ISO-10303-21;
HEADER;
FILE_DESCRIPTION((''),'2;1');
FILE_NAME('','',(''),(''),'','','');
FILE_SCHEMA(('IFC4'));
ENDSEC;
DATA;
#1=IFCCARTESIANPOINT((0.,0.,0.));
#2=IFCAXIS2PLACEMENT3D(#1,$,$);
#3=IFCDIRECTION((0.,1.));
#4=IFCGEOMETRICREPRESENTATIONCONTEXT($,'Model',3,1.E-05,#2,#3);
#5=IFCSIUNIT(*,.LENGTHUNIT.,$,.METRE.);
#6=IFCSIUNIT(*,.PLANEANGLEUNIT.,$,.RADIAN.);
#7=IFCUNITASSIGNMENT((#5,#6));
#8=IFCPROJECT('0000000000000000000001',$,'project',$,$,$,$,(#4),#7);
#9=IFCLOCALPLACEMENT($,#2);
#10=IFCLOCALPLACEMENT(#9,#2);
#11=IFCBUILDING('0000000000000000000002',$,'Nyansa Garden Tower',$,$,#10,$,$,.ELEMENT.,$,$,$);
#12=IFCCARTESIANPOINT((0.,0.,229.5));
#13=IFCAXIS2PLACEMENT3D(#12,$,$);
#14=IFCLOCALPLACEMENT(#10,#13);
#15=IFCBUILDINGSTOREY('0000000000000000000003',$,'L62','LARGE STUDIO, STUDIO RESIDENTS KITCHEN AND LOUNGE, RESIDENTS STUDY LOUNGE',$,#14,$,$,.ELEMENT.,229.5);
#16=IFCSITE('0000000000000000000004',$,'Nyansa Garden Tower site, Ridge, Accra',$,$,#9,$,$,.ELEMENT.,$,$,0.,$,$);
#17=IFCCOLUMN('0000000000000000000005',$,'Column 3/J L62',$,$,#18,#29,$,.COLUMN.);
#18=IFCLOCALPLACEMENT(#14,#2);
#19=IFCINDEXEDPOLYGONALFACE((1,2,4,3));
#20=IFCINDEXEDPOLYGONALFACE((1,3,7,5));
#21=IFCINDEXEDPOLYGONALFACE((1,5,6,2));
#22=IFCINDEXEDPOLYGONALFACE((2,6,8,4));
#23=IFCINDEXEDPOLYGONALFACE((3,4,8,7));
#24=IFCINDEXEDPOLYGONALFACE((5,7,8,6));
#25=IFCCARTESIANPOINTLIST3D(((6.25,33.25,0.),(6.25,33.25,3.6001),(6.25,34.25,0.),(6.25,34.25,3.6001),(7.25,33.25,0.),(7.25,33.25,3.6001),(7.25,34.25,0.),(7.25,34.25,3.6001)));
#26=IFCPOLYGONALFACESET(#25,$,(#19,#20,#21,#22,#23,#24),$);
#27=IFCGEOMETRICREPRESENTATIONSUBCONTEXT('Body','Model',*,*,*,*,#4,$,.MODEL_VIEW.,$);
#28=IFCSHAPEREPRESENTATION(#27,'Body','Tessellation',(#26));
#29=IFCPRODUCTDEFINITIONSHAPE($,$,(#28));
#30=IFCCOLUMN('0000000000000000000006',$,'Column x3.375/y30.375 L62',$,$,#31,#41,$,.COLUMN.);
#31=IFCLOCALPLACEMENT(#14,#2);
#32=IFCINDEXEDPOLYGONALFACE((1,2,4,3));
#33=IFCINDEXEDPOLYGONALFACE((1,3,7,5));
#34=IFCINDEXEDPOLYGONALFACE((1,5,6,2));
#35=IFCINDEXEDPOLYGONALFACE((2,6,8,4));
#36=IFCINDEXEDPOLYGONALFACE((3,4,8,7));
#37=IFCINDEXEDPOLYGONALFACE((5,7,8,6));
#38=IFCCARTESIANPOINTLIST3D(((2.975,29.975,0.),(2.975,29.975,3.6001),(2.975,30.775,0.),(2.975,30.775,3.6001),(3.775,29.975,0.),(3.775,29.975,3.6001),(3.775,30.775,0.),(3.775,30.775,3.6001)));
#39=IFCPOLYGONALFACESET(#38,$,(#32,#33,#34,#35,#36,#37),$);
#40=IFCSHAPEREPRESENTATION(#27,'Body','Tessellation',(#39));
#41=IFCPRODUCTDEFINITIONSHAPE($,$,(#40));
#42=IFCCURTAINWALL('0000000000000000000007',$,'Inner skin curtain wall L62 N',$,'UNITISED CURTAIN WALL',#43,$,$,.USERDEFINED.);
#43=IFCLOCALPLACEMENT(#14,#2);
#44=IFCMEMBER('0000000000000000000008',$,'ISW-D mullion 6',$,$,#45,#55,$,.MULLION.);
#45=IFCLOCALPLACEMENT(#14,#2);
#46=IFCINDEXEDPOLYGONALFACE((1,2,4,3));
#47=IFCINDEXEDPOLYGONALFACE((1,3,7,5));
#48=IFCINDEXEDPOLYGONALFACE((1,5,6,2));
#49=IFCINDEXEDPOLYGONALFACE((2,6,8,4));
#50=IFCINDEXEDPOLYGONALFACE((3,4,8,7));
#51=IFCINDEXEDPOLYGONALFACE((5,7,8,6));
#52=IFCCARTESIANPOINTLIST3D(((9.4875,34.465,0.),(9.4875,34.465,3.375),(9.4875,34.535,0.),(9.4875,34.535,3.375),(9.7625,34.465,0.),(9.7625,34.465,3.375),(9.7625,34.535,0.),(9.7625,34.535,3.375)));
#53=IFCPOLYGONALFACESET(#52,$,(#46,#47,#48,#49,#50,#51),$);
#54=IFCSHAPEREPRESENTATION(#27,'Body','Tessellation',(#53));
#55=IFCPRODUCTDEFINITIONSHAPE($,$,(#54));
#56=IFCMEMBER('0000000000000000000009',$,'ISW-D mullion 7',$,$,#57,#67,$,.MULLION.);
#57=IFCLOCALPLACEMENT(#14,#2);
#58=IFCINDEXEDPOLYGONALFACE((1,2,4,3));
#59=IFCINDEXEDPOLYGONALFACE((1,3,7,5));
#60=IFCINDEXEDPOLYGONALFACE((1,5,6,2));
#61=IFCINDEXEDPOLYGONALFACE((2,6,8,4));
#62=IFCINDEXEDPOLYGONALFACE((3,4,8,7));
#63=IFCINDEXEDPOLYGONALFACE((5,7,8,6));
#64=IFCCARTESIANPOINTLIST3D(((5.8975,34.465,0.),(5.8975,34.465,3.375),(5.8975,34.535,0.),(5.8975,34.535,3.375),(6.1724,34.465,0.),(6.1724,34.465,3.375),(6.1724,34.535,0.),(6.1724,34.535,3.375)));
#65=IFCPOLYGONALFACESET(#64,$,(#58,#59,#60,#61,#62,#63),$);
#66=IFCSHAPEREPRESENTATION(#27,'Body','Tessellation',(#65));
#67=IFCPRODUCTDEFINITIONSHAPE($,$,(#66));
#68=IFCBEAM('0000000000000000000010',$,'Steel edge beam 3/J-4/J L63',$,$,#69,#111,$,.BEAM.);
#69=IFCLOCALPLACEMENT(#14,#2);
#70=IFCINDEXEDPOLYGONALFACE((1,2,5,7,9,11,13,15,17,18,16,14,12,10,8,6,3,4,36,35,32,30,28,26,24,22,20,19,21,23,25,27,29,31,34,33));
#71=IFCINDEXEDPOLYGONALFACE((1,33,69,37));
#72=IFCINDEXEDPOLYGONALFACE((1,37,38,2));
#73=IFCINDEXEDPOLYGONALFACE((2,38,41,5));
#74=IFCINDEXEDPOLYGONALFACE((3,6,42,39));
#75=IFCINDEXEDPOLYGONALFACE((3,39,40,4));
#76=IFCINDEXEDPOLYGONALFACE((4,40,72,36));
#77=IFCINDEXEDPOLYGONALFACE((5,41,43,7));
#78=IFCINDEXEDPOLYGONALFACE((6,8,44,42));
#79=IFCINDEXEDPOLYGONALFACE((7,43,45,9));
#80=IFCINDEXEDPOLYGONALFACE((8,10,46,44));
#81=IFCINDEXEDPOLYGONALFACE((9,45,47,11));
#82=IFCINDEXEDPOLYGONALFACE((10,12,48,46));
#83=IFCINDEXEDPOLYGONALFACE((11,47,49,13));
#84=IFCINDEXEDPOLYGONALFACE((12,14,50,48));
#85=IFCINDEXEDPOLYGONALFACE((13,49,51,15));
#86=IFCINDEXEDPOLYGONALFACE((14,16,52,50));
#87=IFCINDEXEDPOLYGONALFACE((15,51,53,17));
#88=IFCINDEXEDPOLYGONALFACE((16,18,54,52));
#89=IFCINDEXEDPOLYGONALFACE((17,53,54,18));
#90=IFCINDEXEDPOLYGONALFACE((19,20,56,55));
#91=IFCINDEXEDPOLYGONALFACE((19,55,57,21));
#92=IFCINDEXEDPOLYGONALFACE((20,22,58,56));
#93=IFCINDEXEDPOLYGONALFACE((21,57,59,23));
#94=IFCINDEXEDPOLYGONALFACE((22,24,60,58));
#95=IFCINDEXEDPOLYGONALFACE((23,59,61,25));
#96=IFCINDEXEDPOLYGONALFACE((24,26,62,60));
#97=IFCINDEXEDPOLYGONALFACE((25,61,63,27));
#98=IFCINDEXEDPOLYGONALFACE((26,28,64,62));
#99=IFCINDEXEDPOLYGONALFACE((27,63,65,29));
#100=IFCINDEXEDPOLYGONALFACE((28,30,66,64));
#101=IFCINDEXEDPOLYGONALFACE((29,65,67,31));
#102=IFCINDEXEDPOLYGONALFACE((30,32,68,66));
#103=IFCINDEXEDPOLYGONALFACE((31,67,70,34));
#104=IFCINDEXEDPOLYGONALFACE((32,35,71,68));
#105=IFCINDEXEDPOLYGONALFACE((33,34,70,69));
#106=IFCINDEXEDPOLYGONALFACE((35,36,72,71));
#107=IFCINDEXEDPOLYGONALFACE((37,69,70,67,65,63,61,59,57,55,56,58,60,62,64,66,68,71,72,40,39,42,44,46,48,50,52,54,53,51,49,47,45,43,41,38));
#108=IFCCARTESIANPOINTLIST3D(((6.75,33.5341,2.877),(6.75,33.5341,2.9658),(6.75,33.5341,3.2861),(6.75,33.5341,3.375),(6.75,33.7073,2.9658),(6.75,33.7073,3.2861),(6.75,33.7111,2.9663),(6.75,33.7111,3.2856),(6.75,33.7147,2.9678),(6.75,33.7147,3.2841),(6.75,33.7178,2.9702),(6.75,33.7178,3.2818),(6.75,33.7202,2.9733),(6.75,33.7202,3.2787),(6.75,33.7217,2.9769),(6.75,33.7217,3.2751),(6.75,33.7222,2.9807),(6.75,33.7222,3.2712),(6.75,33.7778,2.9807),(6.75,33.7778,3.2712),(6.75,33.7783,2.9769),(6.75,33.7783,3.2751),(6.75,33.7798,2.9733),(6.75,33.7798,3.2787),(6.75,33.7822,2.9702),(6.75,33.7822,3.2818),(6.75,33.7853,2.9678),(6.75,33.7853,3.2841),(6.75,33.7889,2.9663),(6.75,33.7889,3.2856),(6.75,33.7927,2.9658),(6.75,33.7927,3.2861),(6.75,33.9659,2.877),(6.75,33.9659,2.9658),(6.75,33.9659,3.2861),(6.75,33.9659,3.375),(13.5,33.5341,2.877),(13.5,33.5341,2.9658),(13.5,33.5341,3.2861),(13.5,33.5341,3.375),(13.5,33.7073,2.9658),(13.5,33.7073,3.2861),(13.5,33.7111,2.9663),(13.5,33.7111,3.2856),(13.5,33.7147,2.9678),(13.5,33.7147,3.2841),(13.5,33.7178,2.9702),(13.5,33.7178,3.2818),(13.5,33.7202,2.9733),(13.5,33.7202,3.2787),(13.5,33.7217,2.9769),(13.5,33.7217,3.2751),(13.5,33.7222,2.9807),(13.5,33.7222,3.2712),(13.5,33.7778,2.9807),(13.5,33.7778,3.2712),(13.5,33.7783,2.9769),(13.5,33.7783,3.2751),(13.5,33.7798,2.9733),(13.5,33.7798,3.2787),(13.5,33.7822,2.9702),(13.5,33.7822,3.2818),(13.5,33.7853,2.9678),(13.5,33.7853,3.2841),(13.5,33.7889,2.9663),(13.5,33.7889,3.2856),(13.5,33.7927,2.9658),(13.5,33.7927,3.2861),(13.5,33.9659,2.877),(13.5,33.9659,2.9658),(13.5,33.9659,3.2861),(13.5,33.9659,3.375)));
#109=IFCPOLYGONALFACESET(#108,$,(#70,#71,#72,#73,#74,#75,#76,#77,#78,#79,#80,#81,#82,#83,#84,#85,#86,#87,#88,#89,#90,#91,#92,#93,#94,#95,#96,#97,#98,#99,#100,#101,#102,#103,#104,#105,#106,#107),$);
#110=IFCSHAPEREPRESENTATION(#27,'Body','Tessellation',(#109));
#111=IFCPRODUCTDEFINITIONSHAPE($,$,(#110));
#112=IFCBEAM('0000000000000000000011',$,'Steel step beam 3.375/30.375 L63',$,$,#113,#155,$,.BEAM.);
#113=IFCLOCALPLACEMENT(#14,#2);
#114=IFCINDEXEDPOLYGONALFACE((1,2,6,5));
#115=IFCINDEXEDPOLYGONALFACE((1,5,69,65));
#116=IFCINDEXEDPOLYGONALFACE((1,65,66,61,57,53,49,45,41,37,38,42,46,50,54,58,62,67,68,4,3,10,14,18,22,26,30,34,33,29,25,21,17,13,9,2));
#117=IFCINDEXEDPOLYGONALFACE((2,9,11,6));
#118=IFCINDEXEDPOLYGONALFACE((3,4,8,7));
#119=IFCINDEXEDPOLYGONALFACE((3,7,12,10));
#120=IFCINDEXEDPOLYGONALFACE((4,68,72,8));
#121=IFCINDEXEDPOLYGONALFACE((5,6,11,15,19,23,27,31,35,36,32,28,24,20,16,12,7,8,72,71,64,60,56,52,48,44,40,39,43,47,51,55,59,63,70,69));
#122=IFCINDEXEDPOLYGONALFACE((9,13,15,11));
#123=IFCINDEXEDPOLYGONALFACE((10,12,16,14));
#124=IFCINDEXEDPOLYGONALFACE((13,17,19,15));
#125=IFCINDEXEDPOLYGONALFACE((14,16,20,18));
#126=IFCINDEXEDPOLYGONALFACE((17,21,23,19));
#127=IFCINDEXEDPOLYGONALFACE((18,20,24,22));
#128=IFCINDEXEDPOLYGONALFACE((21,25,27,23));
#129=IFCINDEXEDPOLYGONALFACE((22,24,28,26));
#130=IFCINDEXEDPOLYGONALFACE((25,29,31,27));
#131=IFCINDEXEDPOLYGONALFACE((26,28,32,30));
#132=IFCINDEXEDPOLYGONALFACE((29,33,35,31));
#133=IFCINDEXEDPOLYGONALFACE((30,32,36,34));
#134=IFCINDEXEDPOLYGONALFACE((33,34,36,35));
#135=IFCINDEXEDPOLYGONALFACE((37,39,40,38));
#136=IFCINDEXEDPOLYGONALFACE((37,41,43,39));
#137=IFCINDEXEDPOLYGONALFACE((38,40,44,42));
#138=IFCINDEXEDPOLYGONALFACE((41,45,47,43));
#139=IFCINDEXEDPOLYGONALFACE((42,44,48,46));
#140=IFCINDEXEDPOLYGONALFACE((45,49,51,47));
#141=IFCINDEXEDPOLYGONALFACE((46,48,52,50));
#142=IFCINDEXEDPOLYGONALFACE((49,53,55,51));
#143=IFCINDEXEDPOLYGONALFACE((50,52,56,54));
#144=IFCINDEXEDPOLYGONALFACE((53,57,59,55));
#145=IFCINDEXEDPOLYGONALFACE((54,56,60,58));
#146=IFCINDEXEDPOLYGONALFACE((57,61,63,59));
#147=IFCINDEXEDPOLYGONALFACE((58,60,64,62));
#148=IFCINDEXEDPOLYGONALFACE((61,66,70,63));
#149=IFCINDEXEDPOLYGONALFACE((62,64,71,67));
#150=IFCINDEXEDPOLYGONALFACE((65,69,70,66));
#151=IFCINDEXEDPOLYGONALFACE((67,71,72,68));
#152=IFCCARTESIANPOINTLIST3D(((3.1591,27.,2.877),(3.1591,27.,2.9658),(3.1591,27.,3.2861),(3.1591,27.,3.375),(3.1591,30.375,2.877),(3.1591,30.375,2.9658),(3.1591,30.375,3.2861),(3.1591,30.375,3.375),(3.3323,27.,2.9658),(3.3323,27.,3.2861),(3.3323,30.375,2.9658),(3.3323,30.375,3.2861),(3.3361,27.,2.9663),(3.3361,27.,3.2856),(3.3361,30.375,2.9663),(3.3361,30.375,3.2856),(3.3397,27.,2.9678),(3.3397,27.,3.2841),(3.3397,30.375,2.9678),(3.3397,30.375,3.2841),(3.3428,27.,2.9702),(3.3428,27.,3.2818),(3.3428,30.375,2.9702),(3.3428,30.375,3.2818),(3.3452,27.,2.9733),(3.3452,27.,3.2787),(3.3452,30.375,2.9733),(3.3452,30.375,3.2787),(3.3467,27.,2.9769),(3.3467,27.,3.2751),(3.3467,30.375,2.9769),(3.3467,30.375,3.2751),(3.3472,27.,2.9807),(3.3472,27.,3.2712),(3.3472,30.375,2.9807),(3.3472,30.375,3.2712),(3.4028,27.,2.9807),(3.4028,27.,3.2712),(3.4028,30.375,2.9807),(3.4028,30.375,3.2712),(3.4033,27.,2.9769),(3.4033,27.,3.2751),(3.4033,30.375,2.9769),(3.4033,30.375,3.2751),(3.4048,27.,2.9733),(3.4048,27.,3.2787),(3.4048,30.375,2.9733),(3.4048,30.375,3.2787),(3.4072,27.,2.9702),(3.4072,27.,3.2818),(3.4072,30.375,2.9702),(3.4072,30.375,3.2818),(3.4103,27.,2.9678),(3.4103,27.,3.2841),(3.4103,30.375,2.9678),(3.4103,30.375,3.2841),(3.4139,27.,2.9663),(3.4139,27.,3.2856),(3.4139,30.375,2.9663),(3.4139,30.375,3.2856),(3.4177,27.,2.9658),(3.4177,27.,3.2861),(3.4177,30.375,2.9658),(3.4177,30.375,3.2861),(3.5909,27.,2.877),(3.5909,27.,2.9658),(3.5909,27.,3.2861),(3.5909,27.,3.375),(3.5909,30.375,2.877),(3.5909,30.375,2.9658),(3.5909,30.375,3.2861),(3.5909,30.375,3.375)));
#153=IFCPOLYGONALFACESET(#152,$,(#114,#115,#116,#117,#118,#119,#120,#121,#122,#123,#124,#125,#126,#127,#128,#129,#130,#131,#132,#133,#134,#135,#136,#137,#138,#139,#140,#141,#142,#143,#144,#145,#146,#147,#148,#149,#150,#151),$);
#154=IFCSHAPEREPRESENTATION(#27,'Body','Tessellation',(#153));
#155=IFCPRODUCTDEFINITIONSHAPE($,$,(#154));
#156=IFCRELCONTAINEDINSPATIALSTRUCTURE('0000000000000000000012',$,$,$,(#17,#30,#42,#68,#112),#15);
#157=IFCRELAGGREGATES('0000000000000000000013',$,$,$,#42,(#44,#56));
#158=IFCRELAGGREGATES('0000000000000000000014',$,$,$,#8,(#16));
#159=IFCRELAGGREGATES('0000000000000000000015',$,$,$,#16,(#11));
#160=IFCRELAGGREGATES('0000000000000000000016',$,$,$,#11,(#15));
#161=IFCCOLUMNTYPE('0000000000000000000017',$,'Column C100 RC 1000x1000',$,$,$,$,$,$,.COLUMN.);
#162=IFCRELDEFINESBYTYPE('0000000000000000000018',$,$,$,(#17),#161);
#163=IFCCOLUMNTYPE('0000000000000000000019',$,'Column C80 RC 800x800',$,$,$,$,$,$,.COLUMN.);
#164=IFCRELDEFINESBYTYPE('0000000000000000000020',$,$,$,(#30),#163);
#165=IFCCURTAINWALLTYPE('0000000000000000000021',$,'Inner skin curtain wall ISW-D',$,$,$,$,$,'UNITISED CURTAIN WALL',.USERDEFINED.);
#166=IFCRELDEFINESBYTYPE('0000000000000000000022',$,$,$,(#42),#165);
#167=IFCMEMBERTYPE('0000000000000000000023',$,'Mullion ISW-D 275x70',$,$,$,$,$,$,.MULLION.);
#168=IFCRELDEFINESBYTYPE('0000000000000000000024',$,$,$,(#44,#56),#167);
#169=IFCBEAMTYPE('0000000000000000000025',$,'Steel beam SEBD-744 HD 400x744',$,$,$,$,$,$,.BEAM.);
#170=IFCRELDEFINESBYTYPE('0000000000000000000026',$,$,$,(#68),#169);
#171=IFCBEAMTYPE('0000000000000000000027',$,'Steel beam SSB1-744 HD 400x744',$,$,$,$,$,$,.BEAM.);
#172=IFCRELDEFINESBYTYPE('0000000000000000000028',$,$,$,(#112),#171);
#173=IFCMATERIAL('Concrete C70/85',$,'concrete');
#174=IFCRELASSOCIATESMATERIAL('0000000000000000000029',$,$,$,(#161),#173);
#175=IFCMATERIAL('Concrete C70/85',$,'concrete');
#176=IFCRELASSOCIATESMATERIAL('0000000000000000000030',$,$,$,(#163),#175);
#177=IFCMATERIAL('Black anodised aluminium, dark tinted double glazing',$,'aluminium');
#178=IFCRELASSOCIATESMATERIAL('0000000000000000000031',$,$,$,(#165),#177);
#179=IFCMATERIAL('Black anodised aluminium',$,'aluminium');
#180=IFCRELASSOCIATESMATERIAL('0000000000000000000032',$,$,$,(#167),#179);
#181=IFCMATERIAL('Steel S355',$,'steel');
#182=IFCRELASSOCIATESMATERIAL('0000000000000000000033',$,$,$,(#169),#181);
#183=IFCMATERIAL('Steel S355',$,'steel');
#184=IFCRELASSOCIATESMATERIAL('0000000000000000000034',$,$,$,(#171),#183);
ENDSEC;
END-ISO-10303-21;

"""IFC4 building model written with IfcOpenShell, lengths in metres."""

from ifc_helpers import new_model, si_unit, direction, frame, origin, origin_2d, place, context, subcontext, project, spatial, rectangle, i_section, extrude, material, material_profile, profile_set, type_object, element, aggregate, save


model = new_model("IFC4")

# Units and contexts
model_context = context("Model", 3, precision=1e-05, world=origin(), true_north=direction((0.0, 1.0)))
body_context = subcontext(model_context, "Body", "Model", "MODEL_VIEW")
ifc_project = project(units=[si_unit("LENGTHUNIT", "METRE"), si_unit("PLANEANGLEUNIT", "RADIAN")], contexts=[model_context])

# Site, building, storey
site_placement = place(None, origin())
site = spatial("IfcSite", under=ifc_project, at=site_placement, Name="Nyansa Garden Tower site, Ridge, Accra", CompositionType="ELEMENT", RefElevation=0.0)
building_placement = place(site_placement, origin())
building = spatial("IfcBuilding", under=site, at=building_placement, Name="Nyansa Garden Tower", CompositionType="ELEMENT")
storey_placement = place(building_placement, frame((0.0, 0.0, 229.5)))
storey = spatial("IfcBuildingStorey", under=building, at=storey_placement, Name="L62", Description="LARGE STUDIO, STUDIO RESIDENTS KITCHEN AND LOUNGE, RESIDENTS STUDY LOUNGE", CompositionType="ELEMENT", Elevation=229.5)

# Columns
ifc_material_1 = material(Name="Concrete C70/85", Category="concrete")
ifc_material_profile_1 = material_profile(ifc_material_1, rectangle(XDim=1.0, YDim=1.0, at=origin_2d()), Name="RC 1000x1000")
ifc_profile_set_1 = profile_set([ifc_material_profile_1], Name="Concrete C70/85")
column_type_1 = type_object("IfcColumnType", Name="Column C100 RC 1000x1000", PredefinedType="COLUMN", material=ifc_profile_set_1)
column_1_placement = place(storey_placement, frame((6.75, 33.75, 0.0), z_axis=(0.0, 0.0, 1.0), x_axis=(1.0, 0.0, 0.0)))
element("IfcColumn", 1, at=column_1_placement, inside=storey, type_object=column_type_1, Name="Column 3/J L62", PredefinedType="COLUMN", context=body_context, shape_type="SweptSolid", body=[
    extrude(rectangle(XDim=1.0, YDim=1.0, at=origin_2d()), origin(), (0.0, 0.0, 1.0), 3.6001),
])
ifc_material_2 = material(Name="Concrete C70/85", Category="concrete")
ifc_material_profile_2 = material_profile(ifc_material_2, rectangle(XDim=0.8, YDim=0.8, at=origin_2d()), Name="RC 800x800")
ifc_profile_set_2 = profile_set([ifc_material_profile_2], Name="Concrete C70/85")
column_type_2 = type_object("IfcColumnType", Name="Column C80 RC 800x800", PredefinedType="COLUMN", material=ifc_profile_set_2)
column_2_placement = place(storey_placement, frame((3.375, 30.375, 0.0), z_axis=(0.0, 0.0, 1.0), x_axis=(1.0, 0.0, 0.0)))
element("IfcColumn", 2, at=column_2_placement, inside=storey, type_object=column_type_2, Name="Column x3.375/y30.375 L62", PredefinedType="COLUMN", context=body_context, shape_type="SweptSolid", body=[
    extrude(rectangle(XDim=0.8, YDim=0.8, at=origin_2d()), origin(), (0.0, 0.0, 1.0), 3.6001),
])

# Curtain wall, members
ifc_material_3 = material(Name="Black anodised aluminium, dark tinted double glazing", Category="aluminium")
curtain_wall_type = type_object("IfcCurtainWallType", Name="Inner skin curtain wall ISW-D", ElementType="UNITISED CURTAIN WALL", PredefinedType="USERDEFINED", material=ifc_material_3)
curtain_wall_placement = place(storey_placement, origin())
curtain_wall = element("IfcCurtainWall", 3, at=curtain_wall_placement, inside=storey, type_object=curtain_wall_type, Name="Inner skin curtain wall L62 N", ObjectType="UNITISED CURTAIN WALL", PredefinedType="USERDEFINED")
ifc_material_4 = material(Name="Black anodised aluminium", Category="aluminium")
ifc_material_profile_3 = material_profile(ifc_material_4, rectangle(XDim=0.0701, YDim=0.2749, at=origin_2d()), Name="Mullion 275x70")
ifc_profile_set_3 = profile_set([ifc_material_profile_3], Name="Black anodised aluminium")
member_type_1 = type_object("IfcMemberType", Name="Mullion ISW-D 275x70", PredefinedType="MULLION", material=ifc_profile_set_3)
member_1_placement = place(storey_placement, frame((9.625, 34.5, 0.0), z_axis=(0.0, 0.0, 1.0), x_axis=(0.0, -1.0, 0.0)))
member_1 = element("IfcMember", 4, at=member_1_placement, type_object=member_type_1, Name="ISW-D mullion 6", PredefinedType="MULLION", context=body_context, shape_type="SweptSolid", body=[
    extrude(rectangle(XDim=0.0701, YDim=0.2749, at=origin_2d()), origin(), (0.0, 0.0, 1.0), 3.375),
])
member_2_placement = place(storey_placement, frame((6.0349, 34.5, 0.0), z_axis=(0.0, 0.0, 1.0), x_axis=(0.0, -1.0, 0.0)))
member_2 = element("IfcMember", 5, at=member_2_placement, type_object=member_type_1, Name="ISW-D mullion 7", PredefinedType="MULLION", context=body_context, shape_type="SweptSolid", body=[
    extrude(rectangle(XDim=0.0701, YDim=0.2749, at=origin_2d()), origin(), (0.0, 0.0, 1.0), 3.375),
])

# Beams
ifc_material_5 = material(Name="Steel S355", Category="steel")
ifc_material_profile_4 = material_profile(ifc_material_5, i_section(OverallWidth=0.4319, OverallDepth=0.498, WebThickness=0.0557, FlangeThickness=0.0889, FilletRadius=0.0149, at=origin_2d()), Name="HD 400x744")
ifc_profile_set_4 = profile_set([ifc_material_profile_4], Name="Steel S355")
beam_type_1 = type_object("IfcBeamType", Name="Steel beam SEBD-744 HD 400x744", PredefinedType="BEAM", material=ifc_profile_set_4)
beam_placement = place(storey_placement, frame((6.75, 33.75, 3.126), z_axis=(1.0, 0.0, 0.0), x_axis=(0.0, 1.0, 0.0)))
element("IfcBeam", 6, at=beam_placement, inside=storey, type_object=beam_type_1, Name="Steel edge beam 3/J-4/J L63", PredefinedType="BEAM", context=body_context, shape_type="SweptSolid", body=[
    extrude(i_section(OverallWidth=0.4319, OverallDepth=0.498, WebThickness=0.0557, FlangeThickness=0.0889, FilletRadius=0.0149, at=origin_2d()), origin(), (0.0, 0.0, 1.0), 6.75),
])
ifc_material_6 = material(Name="Steel S355", Category="steel")
ifc_material_profile_5 = material_profile(ifc_material_6, i_section(OverallWidth=0.4319, OverallDepth=0.498, WebThickness=0.0557, FlangeThickness=0.0889, FilletRadius=0.0149, at=origin_2d()), Name="HD 400x744")
ifc_profile_set_5 = profile_set([ifc_material_profile_5], Name="Steel S355")
beam_type_2 = type_object("IfcBeamType", Name="Steel beam SSB1-744 HD 400x744", PredefinedType="BEAM", material=ifc_profile_set_5)
for number, where, z_axis, x_axis, name in (
    (7, (3.375, 30.375, 3.126), (0.0, -1.0, 0.0), (1.0, 0.0, 0.0), "Steel step beam 3.375/30.375 L63"),
):
    element("IfcBeam", number, at=place(storey_placement, frame(where, z_axis=z_axis, x_axis=x_axis)), inside=storey, type_object=beam_type_2, Name=name, PredefinedType="BEAM", context=body_context, shape_type="SweptSolid", body=[
        extrude(i_section(OverallWidth=0.4319, OverallDepth=0.498, WebThickness=0.0557, FlangeThickness=0.0889, FilletRadius=0.0149, at=origin_2d()), origin(), (0.0, 0.0, 1.0), 3.375),
    ])

aggregate(curtain_wall, [member_1, member_2])

save(model, "model.ifc")
